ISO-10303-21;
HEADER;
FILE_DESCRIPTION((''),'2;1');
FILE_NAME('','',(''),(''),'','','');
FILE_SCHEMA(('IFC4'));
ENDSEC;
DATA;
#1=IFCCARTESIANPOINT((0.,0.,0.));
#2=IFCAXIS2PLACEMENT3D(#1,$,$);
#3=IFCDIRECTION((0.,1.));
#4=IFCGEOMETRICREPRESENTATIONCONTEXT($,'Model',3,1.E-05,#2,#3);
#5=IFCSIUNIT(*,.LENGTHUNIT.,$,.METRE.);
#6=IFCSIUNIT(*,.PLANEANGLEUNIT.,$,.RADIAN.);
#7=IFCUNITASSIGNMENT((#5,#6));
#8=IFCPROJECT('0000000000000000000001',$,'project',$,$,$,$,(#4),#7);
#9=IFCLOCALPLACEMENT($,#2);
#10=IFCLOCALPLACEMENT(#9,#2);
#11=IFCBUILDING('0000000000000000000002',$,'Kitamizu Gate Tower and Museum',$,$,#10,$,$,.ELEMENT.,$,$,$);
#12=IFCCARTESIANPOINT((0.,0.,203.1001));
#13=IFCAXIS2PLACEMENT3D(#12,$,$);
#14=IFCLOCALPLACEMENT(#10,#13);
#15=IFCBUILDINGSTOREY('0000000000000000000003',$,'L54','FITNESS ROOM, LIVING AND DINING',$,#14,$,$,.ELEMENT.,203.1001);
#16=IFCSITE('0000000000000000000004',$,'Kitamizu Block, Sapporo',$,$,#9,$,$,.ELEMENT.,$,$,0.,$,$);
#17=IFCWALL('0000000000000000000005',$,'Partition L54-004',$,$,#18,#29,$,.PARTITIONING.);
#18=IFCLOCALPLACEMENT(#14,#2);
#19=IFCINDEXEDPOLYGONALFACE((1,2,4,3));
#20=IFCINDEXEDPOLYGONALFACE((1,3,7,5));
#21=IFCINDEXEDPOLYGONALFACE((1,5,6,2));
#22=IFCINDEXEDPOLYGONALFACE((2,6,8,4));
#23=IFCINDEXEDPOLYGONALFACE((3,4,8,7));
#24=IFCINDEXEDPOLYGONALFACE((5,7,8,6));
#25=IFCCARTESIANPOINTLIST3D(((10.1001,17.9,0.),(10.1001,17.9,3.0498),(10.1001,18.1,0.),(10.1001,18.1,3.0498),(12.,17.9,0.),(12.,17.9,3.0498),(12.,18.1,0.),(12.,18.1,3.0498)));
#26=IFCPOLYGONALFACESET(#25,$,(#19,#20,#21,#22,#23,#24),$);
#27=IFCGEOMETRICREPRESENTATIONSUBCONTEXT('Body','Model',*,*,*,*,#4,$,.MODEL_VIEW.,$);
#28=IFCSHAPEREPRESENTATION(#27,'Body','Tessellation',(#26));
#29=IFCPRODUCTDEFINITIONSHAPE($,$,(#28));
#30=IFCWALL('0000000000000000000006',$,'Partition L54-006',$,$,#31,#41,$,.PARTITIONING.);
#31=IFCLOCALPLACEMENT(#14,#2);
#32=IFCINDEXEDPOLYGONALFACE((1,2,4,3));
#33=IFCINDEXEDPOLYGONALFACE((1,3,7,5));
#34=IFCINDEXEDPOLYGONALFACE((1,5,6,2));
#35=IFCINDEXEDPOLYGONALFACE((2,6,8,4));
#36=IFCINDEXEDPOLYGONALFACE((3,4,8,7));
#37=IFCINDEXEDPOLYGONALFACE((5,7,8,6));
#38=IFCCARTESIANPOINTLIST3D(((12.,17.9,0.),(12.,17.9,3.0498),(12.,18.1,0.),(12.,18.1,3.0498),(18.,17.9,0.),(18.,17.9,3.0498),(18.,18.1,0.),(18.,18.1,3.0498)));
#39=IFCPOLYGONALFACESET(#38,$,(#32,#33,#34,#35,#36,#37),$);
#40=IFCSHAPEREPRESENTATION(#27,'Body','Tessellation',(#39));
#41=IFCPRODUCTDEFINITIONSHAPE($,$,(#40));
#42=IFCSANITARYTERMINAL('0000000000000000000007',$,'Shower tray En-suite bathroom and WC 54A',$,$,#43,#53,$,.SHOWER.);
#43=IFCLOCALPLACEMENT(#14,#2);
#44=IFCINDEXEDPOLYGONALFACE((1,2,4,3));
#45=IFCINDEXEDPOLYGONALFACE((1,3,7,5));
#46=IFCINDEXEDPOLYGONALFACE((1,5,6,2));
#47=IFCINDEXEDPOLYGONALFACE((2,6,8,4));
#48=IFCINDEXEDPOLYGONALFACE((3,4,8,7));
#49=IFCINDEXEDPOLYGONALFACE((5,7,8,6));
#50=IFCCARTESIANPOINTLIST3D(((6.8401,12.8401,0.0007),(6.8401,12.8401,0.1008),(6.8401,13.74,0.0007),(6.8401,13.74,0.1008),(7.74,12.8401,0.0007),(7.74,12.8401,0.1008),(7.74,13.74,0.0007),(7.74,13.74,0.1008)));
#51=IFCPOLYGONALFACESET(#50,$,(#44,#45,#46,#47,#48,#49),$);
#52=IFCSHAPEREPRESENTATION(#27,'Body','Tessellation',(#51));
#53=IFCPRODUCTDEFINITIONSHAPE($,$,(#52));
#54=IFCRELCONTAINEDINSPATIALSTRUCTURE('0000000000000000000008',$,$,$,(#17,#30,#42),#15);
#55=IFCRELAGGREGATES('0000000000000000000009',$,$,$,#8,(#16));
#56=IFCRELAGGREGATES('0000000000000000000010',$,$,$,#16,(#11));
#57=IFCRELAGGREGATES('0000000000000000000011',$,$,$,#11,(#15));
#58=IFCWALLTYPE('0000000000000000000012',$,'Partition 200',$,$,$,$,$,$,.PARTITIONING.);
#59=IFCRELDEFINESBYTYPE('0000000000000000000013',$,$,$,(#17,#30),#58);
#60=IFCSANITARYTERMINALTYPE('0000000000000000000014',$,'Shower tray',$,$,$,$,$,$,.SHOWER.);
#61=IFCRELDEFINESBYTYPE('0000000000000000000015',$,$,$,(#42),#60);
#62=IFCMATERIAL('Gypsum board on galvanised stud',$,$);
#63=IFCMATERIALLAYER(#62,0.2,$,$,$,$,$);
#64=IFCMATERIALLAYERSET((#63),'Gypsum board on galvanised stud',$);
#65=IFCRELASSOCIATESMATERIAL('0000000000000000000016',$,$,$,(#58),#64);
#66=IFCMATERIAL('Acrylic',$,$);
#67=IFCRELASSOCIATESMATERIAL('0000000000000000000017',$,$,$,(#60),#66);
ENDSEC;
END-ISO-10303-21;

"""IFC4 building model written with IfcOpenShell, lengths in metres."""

from ifc_helpers import new_model, si_unit, direction, frame, frame_2d, origin, origin_2d, place, context, subcontext, project, spatial, rectangle, extrude, material, layer, layer_set, type_object, element, save


model = new_model("IFC4")

# Units and contexts
model_context = context("Model", 3, precision=1e-05, world=origin(), true_north=direction((0.0, 1.0)))
body_context = subcontext(model_context, "Body", "Model", "MODEL_VIEW")
ifc_project = project(units=[si_unit("LENGTHUNIT", "METRE"), si_unit("PLANEANGLEUNIT", "RADIAN")], contexts=[model_context])

# Site, building, storey
site_placement = place(None, origin())
site = spatial("IfcSite", under=ifc_project, at=site_placement, Name="Kitamizu Block, Sapporo", CompositionType="ELEMENT", RefElevation=0.0)
building_placement = place(site_placement, origin())
building = spatial("IfcBuilding", under=site, at=building_placement, Name="Kitamizu Gate Tower and Museum", CompositionType="ELEMENT")
storey_placement = place(building_placement, frame((0.0, 0.0, 203.1001)))
storey = spatial("IfcBuildingStorey", under=building, at=storey_placement, Name="L54", Description="FITNESS ROOM, LIVING AND DINING", CompositionType="ELEMENT", Elevation=203.1001)

# Walls
ifc_material_1 = material(Name="Gypsum board on galvanised stud")
ifc_layer_1 = layer(ifc_material_1, 0.2)
ifc_layer_set_1 = layer_set([ifc_layer_1], Name="Gypsum board on galvanised stud")
wall_type_1 = type_object("IfcWallType", Name="Partition 200", PredefinedType="PARTITIONING", material=ifc_layer_set_1)
wall_1_placement = place(storey_placement, frame((12.0, 18.0, 0.0), z_axis=(0.0, 0.0, 1.0), x_axis=(-1.0, 0.0, 0.0)))
element("IfcWall", 1, at=wall_1_placement, inside=storey, type_object=wall_type_1, Name="Partition L54-004", PredefinedType="PARTITIONING", context=body_context, shape_type="SweptSolid", body=[
    extrude(rectangle(XDim=1.8999, YDim=0.2, at=frame_2d((0.95, 0.0))), origin(), (0.0, 0.0, 1.0), 3.0498),
])
wall_2_placement = place(storey_placement, frame((18.0, 18.0, 0.0), z_axis=(0.0, 0.0, 1.0), x_axis=(-1.0, 0.0, 0.0)))
element("IfcWall", 2, at=wall_2_placement, inside=storey, type_object=wall_type_1, Name="Partition L54-006", PredefinedType="PARTITIONING", context=body_context, shape_type="SweptSolid", body=[
    extrude(rectangle(XDim=6.0, YDim=0.2, at=frame_2d((3.0, 0.0))), origin(), (0.0, 0.0, 1.0), 3.0498),
])

# Sanitary terminal
ifc_material_2 = material(Name="Acrylic")
sanitary_terminal_type = type_object("IfcSanitaryTerminalType", Name="Shower tray", PredefinedType="SHOWER", material=ifc_material_2)
sanitary_terminal_placement = place(storey_placement, frame((7.29, 13.29, 0.0007), z_axis=(0.0, 0.0, 1.0), x_axis=(1.0, 0.0, 0.0)))
element("IfcSanitaryTerminal", 3, at=sanitary_terminal_placement, inside=storey, type_object=sanitary_terminal_type, Name="Shower tray En-suite bathroom and WC 54A", PredefinedType="SHOWER", context=body_context, shape_type="SweptSolid", body=[
    extrude(rectangle(XDim=0.8999, YDim=0.8999, at=origin_2d()), origin(), (0.0, 0.0, 1.0), 0.1001),
])

save(model, "model.ifc")
